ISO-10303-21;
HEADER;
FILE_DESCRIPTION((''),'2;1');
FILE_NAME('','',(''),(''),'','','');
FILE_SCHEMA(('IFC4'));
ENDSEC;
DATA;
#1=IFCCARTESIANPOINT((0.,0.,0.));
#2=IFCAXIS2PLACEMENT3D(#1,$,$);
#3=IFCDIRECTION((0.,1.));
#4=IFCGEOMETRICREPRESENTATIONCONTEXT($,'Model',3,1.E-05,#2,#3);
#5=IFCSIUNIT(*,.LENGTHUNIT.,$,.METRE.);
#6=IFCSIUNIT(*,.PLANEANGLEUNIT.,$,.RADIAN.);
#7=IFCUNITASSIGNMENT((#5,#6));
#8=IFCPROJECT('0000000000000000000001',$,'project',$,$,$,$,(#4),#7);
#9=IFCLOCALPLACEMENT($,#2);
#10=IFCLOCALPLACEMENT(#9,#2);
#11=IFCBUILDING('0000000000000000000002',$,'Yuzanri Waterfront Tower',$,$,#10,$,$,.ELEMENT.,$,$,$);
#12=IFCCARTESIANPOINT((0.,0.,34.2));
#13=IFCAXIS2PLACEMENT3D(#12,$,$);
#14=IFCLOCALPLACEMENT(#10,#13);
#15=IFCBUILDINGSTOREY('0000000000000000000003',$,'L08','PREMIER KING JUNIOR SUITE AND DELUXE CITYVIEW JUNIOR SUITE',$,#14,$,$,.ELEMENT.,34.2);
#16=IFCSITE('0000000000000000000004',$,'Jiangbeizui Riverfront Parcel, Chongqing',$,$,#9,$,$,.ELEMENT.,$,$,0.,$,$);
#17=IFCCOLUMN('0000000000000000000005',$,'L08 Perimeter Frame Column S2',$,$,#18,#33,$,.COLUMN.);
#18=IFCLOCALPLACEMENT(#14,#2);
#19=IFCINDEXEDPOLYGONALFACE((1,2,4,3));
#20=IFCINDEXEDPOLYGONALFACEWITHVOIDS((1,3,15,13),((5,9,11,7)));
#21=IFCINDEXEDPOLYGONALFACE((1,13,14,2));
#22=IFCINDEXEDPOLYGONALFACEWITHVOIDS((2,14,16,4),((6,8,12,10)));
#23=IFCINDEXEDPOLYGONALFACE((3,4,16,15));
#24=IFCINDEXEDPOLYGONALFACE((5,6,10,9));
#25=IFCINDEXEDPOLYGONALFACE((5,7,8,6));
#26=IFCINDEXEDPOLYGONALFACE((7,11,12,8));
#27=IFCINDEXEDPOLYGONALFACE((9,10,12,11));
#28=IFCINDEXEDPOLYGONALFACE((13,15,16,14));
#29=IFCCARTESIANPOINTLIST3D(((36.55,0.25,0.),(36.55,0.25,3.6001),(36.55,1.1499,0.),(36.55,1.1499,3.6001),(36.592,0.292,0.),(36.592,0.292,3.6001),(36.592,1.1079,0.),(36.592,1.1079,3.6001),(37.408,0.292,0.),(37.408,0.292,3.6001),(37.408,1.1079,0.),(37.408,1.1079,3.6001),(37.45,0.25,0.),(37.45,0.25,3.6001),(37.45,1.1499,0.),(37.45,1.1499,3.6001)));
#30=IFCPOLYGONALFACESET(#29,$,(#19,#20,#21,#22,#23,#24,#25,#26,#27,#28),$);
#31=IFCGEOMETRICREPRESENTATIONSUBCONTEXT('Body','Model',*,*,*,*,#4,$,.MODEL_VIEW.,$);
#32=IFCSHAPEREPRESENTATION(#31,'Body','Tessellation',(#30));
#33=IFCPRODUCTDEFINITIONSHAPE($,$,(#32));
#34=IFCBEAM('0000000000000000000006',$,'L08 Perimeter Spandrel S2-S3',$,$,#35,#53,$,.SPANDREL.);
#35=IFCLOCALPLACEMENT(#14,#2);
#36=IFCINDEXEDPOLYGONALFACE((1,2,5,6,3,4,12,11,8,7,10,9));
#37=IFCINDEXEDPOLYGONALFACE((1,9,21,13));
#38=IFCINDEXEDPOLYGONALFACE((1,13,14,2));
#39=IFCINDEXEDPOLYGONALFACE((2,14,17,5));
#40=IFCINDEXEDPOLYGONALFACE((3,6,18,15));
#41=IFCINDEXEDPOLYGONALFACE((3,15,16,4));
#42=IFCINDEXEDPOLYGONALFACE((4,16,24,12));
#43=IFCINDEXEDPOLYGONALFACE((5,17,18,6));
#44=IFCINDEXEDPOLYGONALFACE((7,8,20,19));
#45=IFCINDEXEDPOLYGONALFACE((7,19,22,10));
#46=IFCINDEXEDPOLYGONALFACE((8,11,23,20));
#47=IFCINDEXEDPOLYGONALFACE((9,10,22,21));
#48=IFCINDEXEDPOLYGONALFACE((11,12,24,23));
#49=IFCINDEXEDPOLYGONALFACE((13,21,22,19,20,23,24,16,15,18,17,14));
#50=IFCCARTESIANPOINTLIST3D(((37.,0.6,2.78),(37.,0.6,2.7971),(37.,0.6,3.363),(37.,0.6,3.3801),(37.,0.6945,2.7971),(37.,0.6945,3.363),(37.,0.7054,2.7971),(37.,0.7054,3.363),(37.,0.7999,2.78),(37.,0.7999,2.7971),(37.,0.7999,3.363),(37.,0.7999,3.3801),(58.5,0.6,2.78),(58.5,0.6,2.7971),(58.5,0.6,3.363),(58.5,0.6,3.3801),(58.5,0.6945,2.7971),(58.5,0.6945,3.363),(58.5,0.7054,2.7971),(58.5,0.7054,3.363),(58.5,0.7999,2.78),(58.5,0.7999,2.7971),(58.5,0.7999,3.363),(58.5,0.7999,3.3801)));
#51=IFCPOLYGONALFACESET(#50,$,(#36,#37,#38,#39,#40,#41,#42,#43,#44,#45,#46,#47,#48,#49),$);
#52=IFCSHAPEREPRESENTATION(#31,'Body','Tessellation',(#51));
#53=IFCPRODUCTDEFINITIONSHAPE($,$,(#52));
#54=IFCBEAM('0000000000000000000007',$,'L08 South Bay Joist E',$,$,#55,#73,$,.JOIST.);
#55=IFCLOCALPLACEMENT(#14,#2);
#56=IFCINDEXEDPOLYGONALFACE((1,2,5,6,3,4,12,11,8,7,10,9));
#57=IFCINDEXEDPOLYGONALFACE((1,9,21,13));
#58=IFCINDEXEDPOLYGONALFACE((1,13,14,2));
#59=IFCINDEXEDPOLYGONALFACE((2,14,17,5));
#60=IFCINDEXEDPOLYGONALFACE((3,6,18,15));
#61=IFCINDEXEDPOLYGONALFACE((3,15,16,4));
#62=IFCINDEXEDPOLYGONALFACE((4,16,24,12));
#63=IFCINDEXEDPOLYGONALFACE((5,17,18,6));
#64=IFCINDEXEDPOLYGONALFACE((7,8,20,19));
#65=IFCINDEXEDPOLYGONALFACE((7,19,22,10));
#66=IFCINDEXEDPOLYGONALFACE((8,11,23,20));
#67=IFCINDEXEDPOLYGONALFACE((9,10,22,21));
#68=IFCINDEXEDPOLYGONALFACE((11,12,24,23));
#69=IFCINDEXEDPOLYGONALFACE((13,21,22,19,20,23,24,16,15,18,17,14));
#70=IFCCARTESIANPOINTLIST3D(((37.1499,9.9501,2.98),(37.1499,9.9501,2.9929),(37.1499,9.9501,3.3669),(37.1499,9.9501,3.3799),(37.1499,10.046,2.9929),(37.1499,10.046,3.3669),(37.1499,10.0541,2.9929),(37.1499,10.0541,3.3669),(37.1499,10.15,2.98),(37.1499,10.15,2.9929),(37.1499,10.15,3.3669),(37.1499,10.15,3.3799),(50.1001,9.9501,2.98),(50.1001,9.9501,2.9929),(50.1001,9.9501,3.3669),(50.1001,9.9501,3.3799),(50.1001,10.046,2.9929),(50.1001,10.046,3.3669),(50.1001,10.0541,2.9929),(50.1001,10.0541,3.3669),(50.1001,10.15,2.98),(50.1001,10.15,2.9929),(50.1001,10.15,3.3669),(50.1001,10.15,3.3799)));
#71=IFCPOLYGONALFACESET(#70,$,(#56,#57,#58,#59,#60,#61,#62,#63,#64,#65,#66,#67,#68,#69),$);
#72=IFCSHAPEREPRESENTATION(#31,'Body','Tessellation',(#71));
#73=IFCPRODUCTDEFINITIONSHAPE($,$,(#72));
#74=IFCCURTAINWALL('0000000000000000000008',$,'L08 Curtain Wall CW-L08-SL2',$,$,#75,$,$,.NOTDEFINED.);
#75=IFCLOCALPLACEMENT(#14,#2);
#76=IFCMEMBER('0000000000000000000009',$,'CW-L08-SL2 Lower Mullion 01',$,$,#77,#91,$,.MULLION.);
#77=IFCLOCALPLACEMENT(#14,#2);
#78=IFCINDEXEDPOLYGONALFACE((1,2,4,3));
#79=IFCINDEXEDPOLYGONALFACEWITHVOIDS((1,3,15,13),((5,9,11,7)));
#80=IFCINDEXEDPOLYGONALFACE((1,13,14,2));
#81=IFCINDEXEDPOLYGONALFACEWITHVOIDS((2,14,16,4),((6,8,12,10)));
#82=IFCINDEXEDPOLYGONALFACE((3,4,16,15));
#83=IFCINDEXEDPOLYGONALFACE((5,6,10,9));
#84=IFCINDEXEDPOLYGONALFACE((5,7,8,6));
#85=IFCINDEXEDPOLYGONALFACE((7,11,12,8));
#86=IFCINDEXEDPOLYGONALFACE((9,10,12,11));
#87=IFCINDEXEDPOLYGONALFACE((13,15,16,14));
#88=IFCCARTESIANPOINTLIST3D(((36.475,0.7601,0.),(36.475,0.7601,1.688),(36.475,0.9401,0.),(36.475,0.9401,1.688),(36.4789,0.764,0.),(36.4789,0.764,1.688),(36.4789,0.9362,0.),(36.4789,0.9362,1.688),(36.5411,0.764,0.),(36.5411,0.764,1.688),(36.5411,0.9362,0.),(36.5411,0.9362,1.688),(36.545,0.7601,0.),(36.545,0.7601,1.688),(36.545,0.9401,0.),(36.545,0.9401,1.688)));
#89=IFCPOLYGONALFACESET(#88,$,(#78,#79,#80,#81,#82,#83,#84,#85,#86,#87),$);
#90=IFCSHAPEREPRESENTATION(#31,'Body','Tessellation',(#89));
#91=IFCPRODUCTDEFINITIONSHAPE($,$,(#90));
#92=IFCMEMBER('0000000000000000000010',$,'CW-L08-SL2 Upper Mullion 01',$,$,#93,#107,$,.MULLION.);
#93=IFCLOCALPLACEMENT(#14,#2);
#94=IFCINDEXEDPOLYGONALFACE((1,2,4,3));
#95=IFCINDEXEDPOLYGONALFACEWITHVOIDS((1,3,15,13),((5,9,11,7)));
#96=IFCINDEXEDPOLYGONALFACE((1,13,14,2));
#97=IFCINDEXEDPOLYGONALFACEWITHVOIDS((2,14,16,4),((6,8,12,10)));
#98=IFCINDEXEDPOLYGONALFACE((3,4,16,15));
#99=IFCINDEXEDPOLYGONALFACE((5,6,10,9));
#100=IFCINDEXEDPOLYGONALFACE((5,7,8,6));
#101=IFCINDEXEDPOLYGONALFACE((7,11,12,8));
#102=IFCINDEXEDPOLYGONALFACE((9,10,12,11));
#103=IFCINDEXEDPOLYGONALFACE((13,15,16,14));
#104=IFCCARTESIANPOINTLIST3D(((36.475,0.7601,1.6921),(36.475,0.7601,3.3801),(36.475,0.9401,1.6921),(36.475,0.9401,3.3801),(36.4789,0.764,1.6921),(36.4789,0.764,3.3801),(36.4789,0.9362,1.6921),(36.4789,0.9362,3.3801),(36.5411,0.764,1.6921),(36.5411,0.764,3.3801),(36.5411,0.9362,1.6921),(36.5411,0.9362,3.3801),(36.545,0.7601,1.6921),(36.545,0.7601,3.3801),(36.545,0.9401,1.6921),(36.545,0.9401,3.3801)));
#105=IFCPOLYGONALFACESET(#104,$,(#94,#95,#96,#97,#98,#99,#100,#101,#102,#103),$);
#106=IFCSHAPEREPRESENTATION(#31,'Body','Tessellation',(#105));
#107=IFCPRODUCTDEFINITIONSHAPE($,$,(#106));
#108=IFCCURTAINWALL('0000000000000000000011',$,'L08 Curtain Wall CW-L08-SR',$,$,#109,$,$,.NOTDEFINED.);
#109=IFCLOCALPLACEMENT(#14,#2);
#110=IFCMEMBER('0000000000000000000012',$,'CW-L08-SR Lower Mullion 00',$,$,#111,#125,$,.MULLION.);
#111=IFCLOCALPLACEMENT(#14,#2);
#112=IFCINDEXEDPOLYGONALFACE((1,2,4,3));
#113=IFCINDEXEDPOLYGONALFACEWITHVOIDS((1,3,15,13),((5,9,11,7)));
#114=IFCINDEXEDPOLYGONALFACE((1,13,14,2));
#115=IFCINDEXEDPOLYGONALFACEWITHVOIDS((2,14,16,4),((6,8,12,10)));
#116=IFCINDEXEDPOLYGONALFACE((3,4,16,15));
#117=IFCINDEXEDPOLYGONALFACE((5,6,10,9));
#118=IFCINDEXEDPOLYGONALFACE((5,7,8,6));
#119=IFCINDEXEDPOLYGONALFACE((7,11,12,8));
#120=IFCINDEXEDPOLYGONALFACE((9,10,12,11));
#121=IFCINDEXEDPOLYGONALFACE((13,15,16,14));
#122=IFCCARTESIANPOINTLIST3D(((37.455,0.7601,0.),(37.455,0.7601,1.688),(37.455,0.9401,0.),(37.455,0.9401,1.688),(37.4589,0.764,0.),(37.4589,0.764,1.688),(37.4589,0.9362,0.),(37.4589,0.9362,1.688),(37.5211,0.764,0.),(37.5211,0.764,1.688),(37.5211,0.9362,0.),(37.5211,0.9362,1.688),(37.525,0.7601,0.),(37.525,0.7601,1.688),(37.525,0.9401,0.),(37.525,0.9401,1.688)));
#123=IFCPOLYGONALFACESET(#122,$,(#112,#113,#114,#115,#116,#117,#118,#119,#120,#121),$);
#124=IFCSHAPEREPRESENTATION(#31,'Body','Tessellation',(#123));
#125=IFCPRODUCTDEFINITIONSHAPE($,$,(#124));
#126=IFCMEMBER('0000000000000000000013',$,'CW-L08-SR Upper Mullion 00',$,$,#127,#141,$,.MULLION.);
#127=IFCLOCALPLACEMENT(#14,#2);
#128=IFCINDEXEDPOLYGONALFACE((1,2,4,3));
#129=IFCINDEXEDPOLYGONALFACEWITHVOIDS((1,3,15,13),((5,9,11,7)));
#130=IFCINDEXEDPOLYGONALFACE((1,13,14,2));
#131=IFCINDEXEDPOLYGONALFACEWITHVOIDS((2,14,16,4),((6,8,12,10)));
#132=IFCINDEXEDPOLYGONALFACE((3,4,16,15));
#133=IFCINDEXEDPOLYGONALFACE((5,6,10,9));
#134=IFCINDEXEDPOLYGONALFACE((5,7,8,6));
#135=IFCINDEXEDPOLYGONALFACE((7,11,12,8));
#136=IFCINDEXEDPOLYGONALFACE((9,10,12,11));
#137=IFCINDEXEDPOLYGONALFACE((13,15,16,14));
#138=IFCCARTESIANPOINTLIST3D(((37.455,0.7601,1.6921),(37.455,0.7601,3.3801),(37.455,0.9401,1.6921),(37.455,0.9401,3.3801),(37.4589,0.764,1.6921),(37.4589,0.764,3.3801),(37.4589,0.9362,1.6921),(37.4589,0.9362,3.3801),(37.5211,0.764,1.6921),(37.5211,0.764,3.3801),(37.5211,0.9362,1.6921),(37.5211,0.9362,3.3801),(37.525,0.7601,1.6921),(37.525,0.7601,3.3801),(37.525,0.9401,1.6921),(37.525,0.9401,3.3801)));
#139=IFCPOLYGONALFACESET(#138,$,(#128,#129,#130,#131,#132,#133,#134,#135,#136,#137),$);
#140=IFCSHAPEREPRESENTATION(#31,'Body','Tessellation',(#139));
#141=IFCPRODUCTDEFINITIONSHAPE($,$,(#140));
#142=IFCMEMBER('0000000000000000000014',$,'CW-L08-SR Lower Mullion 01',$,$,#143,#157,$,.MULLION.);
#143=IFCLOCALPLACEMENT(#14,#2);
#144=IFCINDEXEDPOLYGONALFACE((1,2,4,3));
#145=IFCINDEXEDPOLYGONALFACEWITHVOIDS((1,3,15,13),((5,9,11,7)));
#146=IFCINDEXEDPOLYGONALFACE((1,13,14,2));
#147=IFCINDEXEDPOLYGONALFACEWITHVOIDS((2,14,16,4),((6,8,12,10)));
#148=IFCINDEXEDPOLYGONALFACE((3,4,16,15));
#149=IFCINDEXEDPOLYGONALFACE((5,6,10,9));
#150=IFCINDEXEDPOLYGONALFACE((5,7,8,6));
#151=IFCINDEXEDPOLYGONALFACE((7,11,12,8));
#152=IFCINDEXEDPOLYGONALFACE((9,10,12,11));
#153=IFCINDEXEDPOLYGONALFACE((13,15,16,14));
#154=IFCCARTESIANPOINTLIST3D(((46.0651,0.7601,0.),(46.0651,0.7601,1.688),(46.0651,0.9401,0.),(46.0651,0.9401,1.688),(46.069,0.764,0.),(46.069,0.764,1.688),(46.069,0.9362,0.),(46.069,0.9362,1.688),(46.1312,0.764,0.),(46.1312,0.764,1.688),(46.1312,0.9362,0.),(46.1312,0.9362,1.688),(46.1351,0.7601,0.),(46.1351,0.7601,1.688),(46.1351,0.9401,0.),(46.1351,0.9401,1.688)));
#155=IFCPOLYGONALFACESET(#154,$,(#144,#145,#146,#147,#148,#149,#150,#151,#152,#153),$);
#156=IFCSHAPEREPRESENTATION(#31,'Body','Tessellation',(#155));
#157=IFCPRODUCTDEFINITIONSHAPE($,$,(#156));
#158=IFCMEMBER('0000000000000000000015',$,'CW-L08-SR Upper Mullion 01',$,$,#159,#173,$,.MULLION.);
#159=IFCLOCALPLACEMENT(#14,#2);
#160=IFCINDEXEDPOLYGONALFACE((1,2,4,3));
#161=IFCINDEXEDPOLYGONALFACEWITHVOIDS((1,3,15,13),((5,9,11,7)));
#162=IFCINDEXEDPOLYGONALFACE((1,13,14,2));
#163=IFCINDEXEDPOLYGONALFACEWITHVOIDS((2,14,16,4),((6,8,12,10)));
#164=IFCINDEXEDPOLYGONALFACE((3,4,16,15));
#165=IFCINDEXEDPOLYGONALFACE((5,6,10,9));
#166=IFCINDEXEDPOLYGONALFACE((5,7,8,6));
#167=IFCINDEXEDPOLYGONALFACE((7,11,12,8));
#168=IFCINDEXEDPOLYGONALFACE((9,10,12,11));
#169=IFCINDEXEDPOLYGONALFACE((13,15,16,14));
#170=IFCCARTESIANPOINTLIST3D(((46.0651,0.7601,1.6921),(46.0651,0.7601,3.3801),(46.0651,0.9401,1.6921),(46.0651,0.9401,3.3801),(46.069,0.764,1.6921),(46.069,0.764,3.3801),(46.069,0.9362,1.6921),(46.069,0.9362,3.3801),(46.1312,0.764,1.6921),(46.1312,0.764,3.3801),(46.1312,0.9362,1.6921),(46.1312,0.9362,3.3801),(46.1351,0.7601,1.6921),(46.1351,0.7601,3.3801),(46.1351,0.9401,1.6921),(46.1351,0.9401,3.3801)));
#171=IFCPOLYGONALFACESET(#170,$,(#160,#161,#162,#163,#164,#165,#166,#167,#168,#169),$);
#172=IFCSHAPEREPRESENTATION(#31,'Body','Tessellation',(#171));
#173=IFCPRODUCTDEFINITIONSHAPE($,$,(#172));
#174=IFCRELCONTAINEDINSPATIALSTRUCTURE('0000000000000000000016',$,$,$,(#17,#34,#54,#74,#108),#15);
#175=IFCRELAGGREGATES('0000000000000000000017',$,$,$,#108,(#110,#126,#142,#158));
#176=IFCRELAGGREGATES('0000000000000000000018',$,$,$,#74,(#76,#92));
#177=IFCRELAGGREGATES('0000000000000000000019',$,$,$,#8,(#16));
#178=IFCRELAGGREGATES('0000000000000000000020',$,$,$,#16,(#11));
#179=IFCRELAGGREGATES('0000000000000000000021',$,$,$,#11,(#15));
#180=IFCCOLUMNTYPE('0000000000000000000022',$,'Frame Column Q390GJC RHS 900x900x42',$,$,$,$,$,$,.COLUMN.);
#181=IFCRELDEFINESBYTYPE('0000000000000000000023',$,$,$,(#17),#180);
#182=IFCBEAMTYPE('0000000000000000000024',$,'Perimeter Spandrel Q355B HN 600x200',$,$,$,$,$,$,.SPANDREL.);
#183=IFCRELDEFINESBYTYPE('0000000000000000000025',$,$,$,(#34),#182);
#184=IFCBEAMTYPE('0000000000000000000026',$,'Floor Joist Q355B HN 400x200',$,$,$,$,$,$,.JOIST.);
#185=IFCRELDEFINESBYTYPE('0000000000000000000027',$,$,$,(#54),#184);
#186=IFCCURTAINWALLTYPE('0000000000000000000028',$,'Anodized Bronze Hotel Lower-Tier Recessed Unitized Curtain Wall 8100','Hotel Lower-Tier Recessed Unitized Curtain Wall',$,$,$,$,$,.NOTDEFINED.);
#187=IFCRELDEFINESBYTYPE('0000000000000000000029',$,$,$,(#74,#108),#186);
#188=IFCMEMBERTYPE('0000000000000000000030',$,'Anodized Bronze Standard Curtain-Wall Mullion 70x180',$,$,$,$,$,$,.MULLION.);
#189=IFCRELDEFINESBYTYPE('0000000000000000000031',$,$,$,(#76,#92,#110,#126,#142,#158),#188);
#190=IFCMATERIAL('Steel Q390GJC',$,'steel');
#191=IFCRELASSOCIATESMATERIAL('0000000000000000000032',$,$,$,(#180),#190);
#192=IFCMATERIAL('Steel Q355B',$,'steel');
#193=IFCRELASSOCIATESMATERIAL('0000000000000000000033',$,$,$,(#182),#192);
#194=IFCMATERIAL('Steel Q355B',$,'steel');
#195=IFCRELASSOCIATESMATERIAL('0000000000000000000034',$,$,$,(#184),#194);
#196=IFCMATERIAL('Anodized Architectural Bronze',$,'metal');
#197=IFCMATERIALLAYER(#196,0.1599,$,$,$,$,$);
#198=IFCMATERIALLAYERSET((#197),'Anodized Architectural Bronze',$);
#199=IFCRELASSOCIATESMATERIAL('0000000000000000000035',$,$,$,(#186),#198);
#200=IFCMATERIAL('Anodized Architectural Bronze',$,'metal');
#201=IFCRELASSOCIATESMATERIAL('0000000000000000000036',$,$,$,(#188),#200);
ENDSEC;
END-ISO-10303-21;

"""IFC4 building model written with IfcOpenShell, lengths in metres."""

from ifc_helpers import new_model, si_unit, direction, frame, origin, origin_2d, place, context, subcontext, project, spatial, hollow_rectangle, i_section, extrude, source, transform, mapped, material, layer, layer_set, material_profile, profile_set, type_object, element, aggregate, save


model = new_model("IFC4")

# Units and contexts
model_context = context("Model", 3, precision=1e-05, world=origin(), true_north=direction((0.0, 1.0)))
body_context = subcontext(model_context, "Body", "Model", "MODEL_VIEW")
ifc_project = project(units=[si_unit("LENGTHUNIT", "METRE"), si_unit("PLANEANGLEUNIT", "RADIAN")], contexts=[model_context])

# Site, building, storey
site_placement = place(None, origin())
site = spatial("IfcSite", under=ifc_project, at=site_placement, Name="Jiangbeizui Riverfront Parcel, Chongqing", CompositionType="ELEMENT", RefElevation=0.0)
building_placement = place(site_placement, origin())
building = spatial("IfcBuilding", under=site, at=building_placement, Name="Yuzanri Waterfront Tower", CompositionType="ELEMENT")
storey_placement = place(building_placement, frame((0.0, 0.0, 34.2)))
storey = spatial("IfcBuildingStorey", under=building, at=storey_placement, Name="L08", Description="PREMIER KING JUNIOR SUITE AND DELUXE CITYVIEW JUNIOR SUITE", CompositionType="ELEMENT", Elevation=34.2)

# Column
ifc_material_1 = material(Name="Steel Q390GJC", Category="steel")
ifc_material_profile_1 = material_profile(ifc_material_1, hollow_rectangle(XDim=0.8999, YDim=0.8999, WallThickness=0.042, at=origin_2d()), Name="RHS 900x900x42")
ifc_profile_set_1 = profile_set([ifc_material_profile_1], Name="Steel Q390GJC")
column_type = type_object("IfcColumnType", Name="Frame Column Q390GJC RHS 900x900x42", PredefinedType="COLUMN", material=ifc_profile_set_1)
shared_shape_1 = source(origin(), body_context, "Body", "SweptSolid", [
    extrude(hollow_rectangle(XDim=0.8999, YDim=0.8999, WallThickness=0.042, at=origin_2d()), origin(), (0.0, 0.0, 1.0), 3.6001),
])
column_placement = place(storey_placement, frame((37.0, 0.7, 0.0), z_axis=(0.0, 0.0, 1.0), x_axis=(1.0, 0.0, 0.0)))
element("IfcColumn", 1, at=column_placement, inside=storey, type_object=column_type, Name="L08 Perimeter Frame Column S2", PredefinedType="COLUMN", context=body_context, shape_type="MappedRepresentation", body=[
    mapped(shared_shape_1, transform((0.0, 0.0, 0.0), scale=1.0)),
])

# Beams
ifc_material_2 = material(Name="Steel Q355B", Category="steel")
ifc_material_profile_2 = material_profile(ifc_material_2, i_section(OverallWidth=0.2, OverallDepth=0.6001, WebThickness=0.011, FlangeThickness=0.0171, at=origin_2d()), Name="HN 600x200x11x17")
ifc_profile_set_2 = profile_set([ifc_material_profile_2], Name="Steel Q355B")
beam_type_1 = type_object("IfcBeamType", Name="Perimeter Spandrel Q355B HN 600x200", PredefinedType="SPANDREL", material=ifc_profile_set_2)
shared_shape_2 = source(origin(), body_context, "Body", "SweptSolid", [
    extrude(i_section(OverallWidth=0.2, OverallDepth=0.6001, WebThickness=0.011, FlangeThickness=0.0171, at=origin_2d()), origin(), (0.0, 0.0, 1.0), 21.5),
])
beam_1_placement = place(storey_placement, frame((37.0, 0.7, 3.0801), z_axis=(1.0, 0.0, 0.0), x_axis=(0.0, 1.0, 0.0)))
element("IfcBeam", 2, at=beam_1_placement, inside=storey, type_object=beam_type_1, Name="L08 Perimeter Spandrel S2-S3", PredefinedType="SPANDREL", context=body_context, shape_type="MappedRepresentation", body=[
    mapped(shared_shape_2, transform((0.0, 0.0, 0.0), scale=1.0)),
])
ifc_material_3 = material(Name="Steel Q355B", Category="steel")
ifc_material_profile_3 = material_profile(ifc_material_3, i_section(OverallWidth=0.2, OverallDepth=0.3999, WebThickness=0.0081, FlangeThickness=0.0129, at=origin_2d()), Name="HN 400x200x8x13")
ifc_profile_set_3 = profile_set([ifc_material_profile_3], Name="Steel Q355B")
beam_type_2 = type_object("IfcBeamType", Name="Floor Joist Q355B HN 400x200", PredefinedType="JOIST", material=ifc_profile_set_3)
shared_shape_3 = source(origin(), body_context, "Body", "SweptSolid", [
    extrude(i_section(OverallWidth=0.2, OverallDepth=0.3999, WebThickness=0.0081, FlangeThickness=0.0129, at=origin_2d()), origin(), (0.0, 0.0, 1.0), 12.9502),
])
beam_2_placement = place(storey_placement, frame((37.1499, 10.05, 3.1799), z_axis=(1.0, 0.0, 0.0), x_axis=(0.0, 1.0, 0.0)))
element("IfcBeam", 3, at=beam_2_placement, inside=storey, type_object=beam_type_2, Name="L08 South Bay Joist E", PredefinedType="JOIST", context=body_context, shape_type="MappedRepresentation", body=[
    mapped(shared_shape_3, transform((0.0, 0.0, 0.0), scale=1.0)),
])

# Curtain wall, members
ifc_material_4 = material(Name="Anodized Architectural Bronze", Category="metal")
ifc_layer_1 = layer(ifc_material_4, 0.1599)
ifc_layer_set_1 = layer_set([ifc_layer_1], Name="Anodized Architectural Bronze")
curtain_wall_type = type_object("IfcCurtainWallType", Name="Anodized Bronze Hotel Lower-Tier Recessed Unitized Curtain Wall 8100", Description="Hotel Lower-Tier Recessed Unitized Curtain Wall", PredefinedType="NOTDEFINED", material=ifc_layer_set_1)
curtain_wall_1_placement = place(storey_placement, origin())
curtain_wall_1 = element("IfcCurtainWall", 4, at=curtain_wall_1_placement, inside=storey, type_object=curtain_wall_type, Name="L08 Curtain Wall CW-L08-SL2", PredefinedType="NOTDEFINED")
ifc_material_5 = material(Name="Anodized Architectural Bronze", Category="metal")
ifc_material_profile_4 = material_profile(ifc_material_5, hollow_rectangle(XDim=0.0701, YDim=0.1799, WallThickness=0.0039, at=origin_2d()), Name="CWM 70x180")
ifc_profile_set_4 = profile_set([ifc_material_profile_4], Name="Anodized Architectural Bronze")
member_type_1 = type_object("IfcMemberType", Name="Anodized Bronze Standard Curtain-Wall Mullion 70x180", PredefinedType="MULLION", material=ifc_profile_set_4)
shared_shape_4 = source(origin(), body_context, "Body", "SweptSolid", [
    extrude(hollow_rectangle(XDim=0.0701, YDim=0.1799, WallThickness=0.0039, at=origin_2d()), origin(), (0.0, 0.0, 1.0), 1.688),
])
member_1_placement = place(storey_placement, frame((36.51, 0.8501, 0.0), z_axis=(0.0, 0.0, 1.0), x_axis=(1.0, 0.0, 0.0)))
member_1 = element("IfcMember", 5, at=member_1_placement, type_object=member_type_1, Name="CW-L08-SL2 Lower Mullion 01", PredefinedType="MULLION", context=body_context, shape_type="MappedRepresentation", body=[
    mapped(shared_shape_4, transform((0.0, 0.0, 0.0), scale=1.0)),
])
member_2_placement = place(storey_placement, frame((36.51, 0.8501, 1.6921), z_axis=(0.0, 0.0, 1.0), x_axis=(1.0, 0.0, 0.0)))
member_2 = element("IfcMember", 6, at=member_2_placement, type_object=member_type_1, Name="CW-L08-SL2 Upper Mullion 01", PredefinedType="MULLION", context=body_context, shape_type="MappedRepresentation", body=[
    mapped(shared_shape_4, transform((0.0, 0.0, 0.0), scale=1.0)),
])

# Curtain wall, members
curtain_wall_2_placement = place(storey_placement, origin())
curtain_wall_2 = element("IfcCurtainWall", 7, at=curtain_wall_2_placement, inside=storey, type_object=curtain_wall_type, Name="L08 Curtain Wall CW-L08-SR", PredefinedType="NOTDEFINED")
member_3_placement = place(storey_placement, frame((37.49, 0.8501, 0.0), z_axis=(0.0, 0.0, 1.0), x_axis=(1.0, 0.0, 0.0)))
member_3 = element("IfcMember", 8, at=member_3_placement, type_object=member_type_1, Name="CW-L08-SR Lower Mullion 00", PredefinedType="MULLION", context=body_context, shape_type="MappedRepresentation", body=[
    mapped(shared_shape_4, transform((0.0, 0.0, 0.0), scale=1.0)),
])
member_4_placement = place(storey_placement, frame((37.49, 0.8501, 1.6921), z_axis=(0.0, 0.0, 1.0), x_axis=(1.0, 0.0, 0.0)))
member_4 = element("IfcMember", 9, at=member_4_placement, type_object=member_type_1, Name="CW-L08-SR Upper Mullion 00", PredefinedType="MULLION", context=body_context, shape_type="MappedRepresentation", body=[
    mapped(shared_shape_4, transform((0.0, 0.0, 0.0), scale=1.0)),
])
member_5_placement = place(storey_placement, frame((46.1001, 0.8501, 0.0), z_axis=(0.0, 0.0, 1.0), x_axis=(1.0, 0.0, 0.0)))
member_5 = element("IfcMember", 10, at=member_5_placement, type_object=member_type_1, Name="CW-L08-SR Lower Mullion 01", PredefinedType="MULLION", context=body_context, shape_type="MappedRepresentation", body=[
    mapped(shared_shape_4, transform((0.0, 0.0, 0.0), scale=1.0)),
])
member_6_placement = place(storey_placement, frame((46.1001, 0.8501, 1.6921), z_axis=(0.0, 0.0, 1.0), x_axis=(1.0, 0.0, 0.0)))
member_6 = element("IfcMember", 11, at=member_6_placement, type_object=member_type_1, Name="CW-L08-SR Upper Mullion 01", PredefinedType="MULLION", context=body_context, shape_type="MappedRepresentation", body=[
    mapped(shared_shape_4, transform((0.0, 0.0, 0.0), scale=1.0)),
])
aggregate(curtain_wall_2, [member_3, member_4, member_5, member_6])

aggregate(curtain_wall_1, [member_1, member_2])

save(model, "model.ifc")
